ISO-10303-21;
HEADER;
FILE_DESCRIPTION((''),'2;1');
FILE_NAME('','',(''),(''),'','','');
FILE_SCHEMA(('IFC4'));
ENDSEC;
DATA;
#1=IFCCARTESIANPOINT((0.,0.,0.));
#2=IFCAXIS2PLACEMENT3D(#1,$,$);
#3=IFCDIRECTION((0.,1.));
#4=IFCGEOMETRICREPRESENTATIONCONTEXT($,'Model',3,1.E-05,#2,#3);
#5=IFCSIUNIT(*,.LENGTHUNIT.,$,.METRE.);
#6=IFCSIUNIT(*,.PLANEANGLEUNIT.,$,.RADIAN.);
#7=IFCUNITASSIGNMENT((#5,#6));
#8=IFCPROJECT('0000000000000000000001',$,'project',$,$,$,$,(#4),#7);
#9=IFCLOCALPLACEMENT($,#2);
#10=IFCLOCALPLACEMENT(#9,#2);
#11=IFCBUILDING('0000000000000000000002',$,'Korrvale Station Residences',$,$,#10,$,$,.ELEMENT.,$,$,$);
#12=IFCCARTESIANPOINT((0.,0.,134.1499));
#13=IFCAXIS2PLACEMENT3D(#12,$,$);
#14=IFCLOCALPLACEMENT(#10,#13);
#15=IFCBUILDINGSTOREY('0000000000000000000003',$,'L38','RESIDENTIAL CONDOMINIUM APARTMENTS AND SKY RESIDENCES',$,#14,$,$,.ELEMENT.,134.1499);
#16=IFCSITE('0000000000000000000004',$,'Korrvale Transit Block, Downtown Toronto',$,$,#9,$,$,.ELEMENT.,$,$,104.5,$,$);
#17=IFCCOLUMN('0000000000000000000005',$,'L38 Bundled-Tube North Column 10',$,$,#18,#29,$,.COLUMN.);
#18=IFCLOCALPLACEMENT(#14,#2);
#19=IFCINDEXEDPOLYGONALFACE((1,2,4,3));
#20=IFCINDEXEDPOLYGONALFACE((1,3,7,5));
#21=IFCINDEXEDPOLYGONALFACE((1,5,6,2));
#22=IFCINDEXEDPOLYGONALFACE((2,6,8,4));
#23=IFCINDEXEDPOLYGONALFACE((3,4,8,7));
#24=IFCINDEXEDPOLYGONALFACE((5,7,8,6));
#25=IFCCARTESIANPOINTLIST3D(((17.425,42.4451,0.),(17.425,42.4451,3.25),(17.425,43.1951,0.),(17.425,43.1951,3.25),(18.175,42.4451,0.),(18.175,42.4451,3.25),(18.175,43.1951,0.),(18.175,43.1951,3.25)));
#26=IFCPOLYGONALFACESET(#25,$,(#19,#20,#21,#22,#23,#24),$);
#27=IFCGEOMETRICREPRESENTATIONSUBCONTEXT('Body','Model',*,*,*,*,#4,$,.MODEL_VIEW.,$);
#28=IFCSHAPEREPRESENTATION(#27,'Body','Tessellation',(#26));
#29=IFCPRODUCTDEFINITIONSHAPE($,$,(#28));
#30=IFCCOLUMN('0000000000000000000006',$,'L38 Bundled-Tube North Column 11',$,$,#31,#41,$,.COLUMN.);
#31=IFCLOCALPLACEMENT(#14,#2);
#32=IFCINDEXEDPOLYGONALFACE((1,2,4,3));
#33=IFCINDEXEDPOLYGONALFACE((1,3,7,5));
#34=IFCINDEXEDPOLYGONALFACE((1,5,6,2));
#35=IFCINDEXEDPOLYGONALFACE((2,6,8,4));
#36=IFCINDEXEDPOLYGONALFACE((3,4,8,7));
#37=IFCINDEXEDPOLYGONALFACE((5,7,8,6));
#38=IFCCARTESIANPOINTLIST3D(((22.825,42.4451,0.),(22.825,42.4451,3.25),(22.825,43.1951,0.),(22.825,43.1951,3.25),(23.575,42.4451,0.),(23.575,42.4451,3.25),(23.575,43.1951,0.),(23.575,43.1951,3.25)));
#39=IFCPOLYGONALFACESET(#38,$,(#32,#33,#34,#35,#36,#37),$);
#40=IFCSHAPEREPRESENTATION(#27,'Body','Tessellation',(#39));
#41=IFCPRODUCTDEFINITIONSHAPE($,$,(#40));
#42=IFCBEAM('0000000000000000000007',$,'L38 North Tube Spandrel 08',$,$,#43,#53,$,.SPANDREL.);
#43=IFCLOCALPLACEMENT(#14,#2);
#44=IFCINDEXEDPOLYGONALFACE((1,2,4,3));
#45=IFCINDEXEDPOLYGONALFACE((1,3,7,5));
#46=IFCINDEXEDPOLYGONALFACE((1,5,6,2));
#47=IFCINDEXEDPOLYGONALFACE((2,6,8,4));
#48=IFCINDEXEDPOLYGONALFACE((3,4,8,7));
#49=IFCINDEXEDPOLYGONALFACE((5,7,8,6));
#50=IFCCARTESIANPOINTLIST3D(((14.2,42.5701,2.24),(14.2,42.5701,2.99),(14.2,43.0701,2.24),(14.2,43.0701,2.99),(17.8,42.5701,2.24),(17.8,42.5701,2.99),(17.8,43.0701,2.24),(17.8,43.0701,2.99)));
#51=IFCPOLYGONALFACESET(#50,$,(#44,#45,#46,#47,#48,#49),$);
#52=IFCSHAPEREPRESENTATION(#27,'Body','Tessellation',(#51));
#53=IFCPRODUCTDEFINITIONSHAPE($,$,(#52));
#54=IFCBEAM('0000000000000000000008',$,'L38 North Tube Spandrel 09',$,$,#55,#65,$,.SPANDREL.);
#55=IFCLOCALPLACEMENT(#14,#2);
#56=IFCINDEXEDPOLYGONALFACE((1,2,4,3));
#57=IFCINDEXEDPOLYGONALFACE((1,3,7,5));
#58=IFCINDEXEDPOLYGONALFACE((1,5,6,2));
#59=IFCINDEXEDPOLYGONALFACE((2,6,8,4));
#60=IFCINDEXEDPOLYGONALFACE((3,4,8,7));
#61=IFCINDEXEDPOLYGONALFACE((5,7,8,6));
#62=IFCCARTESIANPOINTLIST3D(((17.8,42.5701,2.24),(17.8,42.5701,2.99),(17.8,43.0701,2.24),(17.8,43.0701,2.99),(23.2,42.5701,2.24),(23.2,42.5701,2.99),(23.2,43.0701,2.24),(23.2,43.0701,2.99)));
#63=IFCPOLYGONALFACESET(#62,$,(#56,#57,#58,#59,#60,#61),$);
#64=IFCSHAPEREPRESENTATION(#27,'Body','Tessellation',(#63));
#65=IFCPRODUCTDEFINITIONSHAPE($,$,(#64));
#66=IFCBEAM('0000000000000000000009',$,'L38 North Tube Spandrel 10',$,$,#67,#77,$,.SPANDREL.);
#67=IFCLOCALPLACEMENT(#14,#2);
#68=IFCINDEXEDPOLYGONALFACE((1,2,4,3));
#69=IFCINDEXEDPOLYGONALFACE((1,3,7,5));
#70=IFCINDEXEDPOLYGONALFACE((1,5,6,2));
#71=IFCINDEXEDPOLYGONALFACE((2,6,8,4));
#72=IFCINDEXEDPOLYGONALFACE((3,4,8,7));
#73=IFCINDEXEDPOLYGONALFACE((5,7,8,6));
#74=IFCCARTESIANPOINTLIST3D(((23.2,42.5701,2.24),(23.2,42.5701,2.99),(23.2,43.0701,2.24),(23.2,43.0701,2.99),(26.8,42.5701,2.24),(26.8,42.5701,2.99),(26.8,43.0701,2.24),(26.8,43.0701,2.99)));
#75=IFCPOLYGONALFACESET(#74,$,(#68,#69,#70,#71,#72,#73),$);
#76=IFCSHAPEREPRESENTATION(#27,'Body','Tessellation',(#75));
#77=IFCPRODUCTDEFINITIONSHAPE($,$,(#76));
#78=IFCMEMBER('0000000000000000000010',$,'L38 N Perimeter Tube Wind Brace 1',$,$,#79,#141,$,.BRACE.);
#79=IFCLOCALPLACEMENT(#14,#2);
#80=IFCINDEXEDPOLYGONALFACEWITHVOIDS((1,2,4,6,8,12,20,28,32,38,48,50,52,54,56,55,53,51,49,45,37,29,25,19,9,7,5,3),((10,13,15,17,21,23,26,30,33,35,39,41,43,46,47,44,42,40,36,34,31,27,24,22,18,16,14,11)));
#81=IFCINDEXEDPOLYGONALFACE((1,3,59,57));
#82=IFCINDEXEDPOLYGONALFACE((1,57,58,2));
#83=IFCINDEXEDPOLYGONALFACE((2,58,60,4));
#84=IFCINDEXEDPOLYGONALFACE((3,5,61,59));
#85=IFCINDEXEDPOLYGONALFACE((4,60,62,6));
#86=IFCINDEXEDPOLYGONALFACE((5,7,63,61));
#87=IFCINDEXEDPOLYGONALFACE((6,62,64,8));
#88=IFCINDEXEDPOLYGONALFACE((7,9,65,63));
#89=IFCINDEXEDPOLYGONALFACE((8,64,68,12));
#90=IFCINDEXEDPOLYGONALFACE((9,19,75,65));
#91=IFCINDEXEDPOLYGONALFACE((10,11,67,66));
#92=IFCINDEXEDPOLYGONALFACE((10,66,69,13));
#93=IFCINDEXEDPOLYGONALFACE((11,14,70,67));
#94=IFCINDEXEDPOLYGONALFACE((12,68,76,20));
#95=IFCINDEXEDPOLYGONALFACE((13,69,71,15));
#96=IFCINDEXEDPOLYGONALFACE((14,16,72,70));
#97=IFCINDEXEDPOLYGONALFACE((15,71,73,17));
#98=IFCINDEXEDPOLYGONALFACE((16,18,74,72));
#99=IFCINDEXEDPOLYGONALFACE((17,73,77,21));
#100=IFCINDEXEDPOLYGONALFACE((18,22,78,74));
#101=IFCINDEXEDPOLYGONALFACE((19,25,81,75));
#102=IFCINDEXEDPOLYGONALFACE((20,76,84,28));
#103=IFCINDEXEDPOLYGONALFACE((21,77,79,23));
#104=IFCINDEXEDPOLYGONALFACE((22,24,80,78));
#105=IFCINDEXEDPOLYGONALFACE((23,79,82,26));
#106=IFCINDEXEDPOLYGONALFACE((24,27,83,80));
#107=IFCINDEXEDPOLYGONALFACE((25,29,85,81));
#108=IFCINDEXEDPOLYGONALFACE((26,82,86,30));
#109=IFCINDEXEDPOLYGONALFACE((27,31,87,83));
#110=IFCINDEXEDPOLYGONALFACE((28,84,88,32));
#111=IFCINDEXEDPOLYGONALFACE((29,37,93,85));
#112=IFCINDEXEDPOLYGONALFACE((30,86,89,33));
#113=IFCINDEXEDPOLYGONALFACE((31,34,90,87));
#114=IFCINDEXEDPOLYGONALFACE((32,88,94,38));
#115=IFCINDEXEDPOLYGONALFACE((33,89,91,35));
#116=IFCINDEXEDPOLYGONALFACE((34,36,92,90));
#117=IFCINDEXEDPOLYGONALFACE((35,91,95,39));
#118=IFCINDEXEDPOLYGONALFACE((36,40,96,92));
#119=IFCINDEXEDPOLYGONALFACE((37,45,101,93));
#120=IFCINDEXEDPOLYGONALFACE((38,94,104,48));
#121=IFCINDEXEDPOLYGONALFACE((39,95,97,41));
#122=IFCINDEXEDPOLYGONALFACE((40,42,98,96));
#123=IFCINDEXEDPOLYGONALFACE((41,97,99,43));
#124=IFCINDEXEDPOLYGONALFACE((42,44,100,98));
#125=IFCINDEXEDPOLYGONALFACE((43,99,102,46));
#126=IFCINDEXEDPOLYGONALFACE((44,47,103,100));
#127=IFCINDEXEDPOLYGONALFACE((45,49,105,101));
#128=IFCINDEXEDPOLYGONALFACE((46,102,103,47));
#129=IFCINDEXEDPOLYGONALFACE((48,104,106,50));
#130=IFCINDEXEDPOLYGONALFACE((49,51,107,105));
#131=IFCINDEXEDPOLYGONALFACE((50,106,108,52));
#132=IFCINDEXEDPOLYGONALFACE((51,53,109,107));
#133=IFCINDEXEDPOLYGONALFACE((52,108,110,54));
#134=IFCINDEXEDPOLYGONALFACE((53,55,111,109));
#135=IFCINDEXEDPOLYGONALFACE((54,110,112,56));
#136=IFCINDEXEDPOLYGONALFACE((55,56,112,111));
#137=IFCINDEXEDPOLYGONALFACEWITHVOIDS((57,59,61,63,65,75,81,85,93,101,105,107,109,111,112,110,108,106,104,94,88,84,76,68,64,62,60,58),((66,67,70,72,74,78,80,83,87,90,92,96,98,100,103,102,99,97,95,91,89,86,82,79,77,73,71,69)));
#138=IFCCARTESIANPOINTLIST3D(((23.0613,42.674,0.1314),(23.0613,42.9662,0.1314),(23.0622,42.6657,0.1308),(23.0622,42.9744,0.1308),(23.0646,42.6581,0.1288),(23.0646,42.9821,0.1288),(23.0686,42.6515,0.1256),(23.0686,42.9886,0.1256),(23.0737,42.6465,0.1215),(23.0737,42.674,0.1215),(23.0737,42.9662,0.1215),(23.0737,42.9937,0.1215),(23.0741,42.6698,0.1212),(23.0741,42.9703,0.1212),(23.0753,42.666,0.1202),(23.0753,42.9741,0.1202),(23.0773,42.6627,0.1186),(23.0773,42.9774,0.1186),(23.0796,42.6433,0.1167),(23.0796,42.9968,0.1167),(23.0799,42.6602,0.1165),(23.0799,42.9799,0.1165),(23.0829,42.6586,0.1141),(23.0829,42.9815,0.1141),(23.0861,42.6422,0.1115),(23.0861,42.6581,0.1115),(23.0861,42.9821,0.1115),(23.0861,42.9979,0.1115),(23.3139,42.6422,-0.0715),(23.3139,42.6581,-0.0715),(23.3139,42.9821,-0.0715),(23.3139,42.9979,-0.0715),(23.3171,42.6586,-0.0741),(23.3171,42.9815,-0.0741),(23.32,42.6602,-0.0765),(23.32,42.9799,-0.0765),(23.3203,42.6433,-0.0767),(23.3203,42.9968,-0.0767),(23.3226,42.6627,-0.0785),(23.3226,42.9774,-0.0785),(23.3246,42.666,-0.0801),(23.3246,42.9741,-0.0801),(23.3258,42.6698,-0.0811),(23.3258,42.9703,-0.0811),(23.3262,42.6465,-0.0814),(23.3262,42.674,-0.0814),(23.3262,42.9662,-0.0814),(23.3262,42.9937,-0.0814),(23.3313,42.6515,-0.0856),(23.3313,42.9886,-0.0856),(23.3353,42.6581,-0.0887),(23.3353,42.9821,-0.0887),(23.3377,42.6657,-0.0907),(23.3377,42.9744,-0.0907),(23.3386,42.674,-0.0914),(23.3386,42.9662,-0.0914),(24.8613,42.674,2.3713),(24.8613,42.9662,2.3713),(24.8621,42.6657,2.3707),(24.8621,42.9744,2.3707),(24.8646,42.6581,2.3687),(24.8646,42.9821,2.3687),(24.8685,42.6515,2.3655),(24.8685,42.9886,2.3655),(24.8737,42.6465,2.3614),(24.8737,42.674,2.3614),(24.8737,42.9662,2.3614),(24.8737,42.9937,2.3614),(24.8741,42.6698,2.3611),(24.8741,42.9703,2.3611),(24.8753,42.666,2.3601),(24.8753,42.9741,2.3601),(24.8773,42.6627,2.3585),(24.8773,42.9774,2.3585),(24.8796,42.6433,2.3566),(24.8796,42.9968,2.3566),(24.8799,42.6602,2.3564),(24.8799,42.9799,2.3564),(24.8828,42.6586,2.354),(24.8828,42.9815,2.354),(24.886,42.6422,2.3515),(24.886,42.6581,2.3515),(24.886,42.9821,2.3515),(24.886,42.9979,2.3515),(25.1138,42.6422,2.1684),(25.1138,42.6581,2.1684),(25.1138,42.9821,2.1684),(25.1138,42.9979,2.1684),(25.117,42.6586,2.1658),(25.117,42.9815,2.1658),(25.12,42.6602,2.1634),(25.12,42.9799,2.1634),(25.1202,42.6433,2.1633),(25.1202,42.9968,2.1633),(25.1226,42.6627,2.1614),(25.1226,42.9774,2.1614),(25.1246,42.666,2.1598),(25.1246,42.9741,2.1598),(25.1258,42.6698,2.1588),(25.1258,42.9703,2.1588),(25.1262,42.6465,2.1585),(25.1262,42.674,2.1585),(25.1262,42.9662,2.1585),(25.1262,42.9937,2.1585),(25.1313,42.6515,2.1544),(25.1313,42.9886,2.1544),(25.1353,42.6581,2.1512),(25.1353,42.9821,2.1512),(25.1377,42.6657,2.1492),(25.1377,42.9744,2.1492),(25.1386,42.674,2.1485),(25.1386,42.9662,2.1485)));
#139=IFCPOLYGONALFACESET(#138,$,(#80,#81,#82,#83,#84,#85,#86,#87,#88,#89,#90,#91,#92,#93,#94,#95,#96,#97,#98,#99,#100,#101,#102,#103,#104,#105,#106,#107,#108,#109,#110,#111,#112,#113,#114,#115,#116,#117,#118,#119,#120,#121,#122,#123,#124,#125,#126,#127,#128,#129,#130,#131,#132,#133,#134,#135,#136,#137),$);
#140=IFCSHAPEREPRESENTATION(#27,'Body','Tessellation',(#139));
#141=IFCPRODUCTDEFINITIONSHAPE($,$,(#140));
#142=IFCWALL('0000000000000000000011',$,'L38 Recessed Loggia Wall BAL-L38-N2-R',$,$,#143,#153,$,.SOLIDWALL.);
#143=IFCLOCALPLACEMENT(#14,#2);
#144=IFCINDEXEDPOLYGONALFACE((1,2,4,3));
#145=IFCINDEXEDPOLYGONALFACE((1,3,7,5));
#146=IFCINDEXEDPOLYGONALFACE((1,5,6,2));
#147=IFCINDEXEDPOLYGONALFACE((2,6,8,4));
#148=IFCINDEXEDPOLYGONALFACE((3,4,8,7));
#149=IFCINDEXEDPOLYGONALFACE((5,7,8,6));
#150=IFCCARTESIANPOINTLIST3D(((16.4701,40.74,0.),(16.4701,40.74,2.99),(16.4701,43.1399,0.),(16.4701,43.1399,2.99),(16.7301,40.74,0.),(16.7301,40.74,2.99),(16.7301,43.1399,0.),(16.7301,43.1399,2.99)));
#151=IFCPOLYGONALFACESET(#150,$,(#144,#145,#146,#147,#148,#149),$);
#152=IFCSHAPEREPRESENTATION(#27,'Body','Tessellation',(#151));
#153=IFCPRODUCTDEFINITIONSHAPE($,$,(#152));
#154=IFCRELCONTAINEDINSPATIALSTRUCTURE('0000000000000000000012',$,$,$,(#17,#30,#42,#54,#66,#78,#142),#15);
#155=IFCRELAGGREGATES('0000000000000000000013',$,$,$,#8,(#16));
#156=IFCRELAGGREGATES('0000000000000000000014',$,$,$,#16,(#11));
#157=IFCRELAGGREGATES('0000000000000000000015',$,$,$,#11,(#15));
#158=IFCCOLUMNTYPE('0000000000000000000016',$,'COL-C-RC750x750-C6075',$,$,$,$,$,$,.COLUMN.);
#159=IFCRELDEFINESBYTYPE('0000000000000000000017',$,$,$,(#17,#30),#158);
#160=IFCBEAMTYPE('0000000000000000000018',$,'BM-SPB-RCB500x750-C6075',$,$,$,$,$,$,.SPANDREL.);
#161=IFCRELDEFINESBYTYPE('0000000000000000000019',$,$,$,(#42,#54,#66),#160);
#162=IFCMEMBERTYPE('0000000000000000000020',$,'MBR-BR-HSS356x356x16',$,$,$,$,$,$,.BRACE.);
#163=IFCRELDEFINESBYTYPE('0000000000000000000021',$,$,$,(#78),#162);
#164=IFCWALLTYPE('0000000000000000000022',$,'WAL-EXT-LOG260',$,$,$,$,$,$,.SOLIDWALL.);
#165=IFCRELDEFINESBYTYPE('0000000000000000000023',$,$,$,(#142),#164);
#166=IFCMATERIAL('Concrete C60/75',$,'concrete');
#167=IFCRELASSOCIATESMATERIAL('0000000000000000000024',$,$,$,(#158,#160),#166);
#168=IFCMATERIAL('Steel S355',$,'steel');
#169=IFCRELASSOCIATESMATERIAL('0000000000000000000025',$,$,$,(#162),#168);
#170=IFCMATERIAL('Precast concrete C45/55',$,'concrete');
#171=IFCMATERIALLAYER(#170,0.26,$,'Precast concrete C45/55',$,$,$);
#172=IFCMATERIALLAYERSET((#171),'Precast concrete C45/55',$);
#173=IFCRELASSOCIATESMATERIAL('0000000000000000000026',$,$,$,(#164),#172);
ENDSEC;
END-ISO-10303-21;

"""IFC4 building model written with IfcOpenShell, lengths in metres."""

from ifc_helpers import new_model, si_unit, direction, frame, frame_2d, origin, origin_2d, place, context, subcontext, project, spatial, rectangle, hollow_rectangle, extrude, material, layer, layer_set, material_profile, profile_set, type_object, element, save


model = new_model("IFC4")

# Units and contexts
model_context = context("Model", 3, precision=1e-05, world=origin(), true_north=direction((0.0, 1.0)))
body_context = subcontext(model_context, "Body", "Model", "MODEL_VIEW")
ifc_project = project(units=[si_unit("LENGTHUNIT", "METRE"), si_unit("PLANEANGLEUNIT", "RADIAN")], contexts=[model_context])

# Site, building, storey
site_placement = place(None, origin())
site = spatial("IfcSite", under=ifc_project, at=site_placement, Name="Korrvale Transit Block, Downtown Toronto", CompositionType="ELEMENT", RefElevation=104.5)
building_placement = place(site_placement, origin())
building = spatial("IfcBuilding", under=site, at=building_placement, Name="Korrvale Station Residences", CompositionType="ELEMENT")
storey_placement = place(building_placement, frame((0.0, 0.0, 134.1499)))
storey = spatial("IfcBuildingStorey", under=building, at=storey_placement, Name="L38", Description="RESIDENTIAL CONDOMINIUM APARTMENTS AND SKY RESIDENCES", CompositionType="ELEMENT", Elevation=134.1499)

# Columns
ifc_material_1 = material(Name="Concrete C60/75", Category="concrete")
ifc_material_profile_1 = material_profile(ifc_material_1, rectangle(XDim=0.75, YDim=0.75, at=origin_2d()), Name="RC750x750")
ifc_profile_set_1 = profile_set([ifc_material_profile_1], Name="Concrete C60/75")
column_type = type_object("IfcColumnType", Name="COL-C-RC750x750-C6075", PredefinedType="COLUMN", material=ifc_profile_set_1)
for number, where, z_axis, x_axis, name in (
    (1, (17.8, 42.8201, 0.0), (0.0, 0.0, 1.0), (1.0, 0.0, 0.0), "L38 Bundled-Tube North Column 10"),
    (2, (23.2, 42.8201, 0.0), (0.0, 0.0, 1.0), (1.0, 0.0, 0.0), "L38 Bundled-Tube North Column 11"),
):
    element("IfcColumn", number, at=place(storey_placement, frame(where, z_axis=z_axis, x_axis=x_axis)), inside=storey, type_object=column_type, Name=name, PredefinedType="COLUMN", context=body_context, shape_type="SweptSolid", body=[
        extrude(rectangle(XDim=0.75, YDim=0.75, at=origin_2d()), origin(), (0.0, 0.0, 1.0), 3.25),
    ])

# Beams
ifc_material_profile_2 = material_profile(ifc_material_1, rectangle(XDim=0.5, YDim=0.75, at=origin_2d()), Name="RCB500x750")
ifc_profile_set_2 = profile_set([ifc_material_profile_2], Name="Concrete C60/75")
beam_type = type_object("IfcBeamType", Name="BM-SPB-RCB500x750-C6075", PredefinedType="SPANDREL", material=ifc_profile_set_2)
beam_1_placement = place(storey_placement, frame((14.2, 42.8201, 2.615), z_axis=(1.0, 0.0, 0.0), x_axis=(0.0, 1.0, 0.0)))
element("IfcBeam", 3, at=beam_1_placement, inside=storey, type_object=beam_type, Name="L38 North Tube Spandrel 08", PredefinedType="SPANDREL", context=body_context, shape_type="SweptSolid", body=[
    extrude(rectangle(XDim=0.5, YDim=0.75, at=origin_2d()), origin(), (0.0, 0.0, 1.0), 3.6001),
])
beam_2_placement = place(storey_placement, frame((17.8, 42.8201, 2.615), z_axis=(1.0, 0.0, 0.0), x_axis=(0.0, 1.0, 0.0)))
element("IfcBeam", 4, at=beam_2_placement, inside=storey, type_object=beam_type, Name="L38 North Tube Spandrel 09", PredefinedType="SPANDREL", context=body_context, shape_type="SweptSolid", body=[
    extrude(rectangle(XDim=0.5, YDim=0.75, at=origin_2d()), origin(), (0.0, 0.0, 1.0), 5.3999),
])
beam_3_placement = place(storey_placement, frame((23.2, 42.8201, 2.615), z_axis=(1.0, 0.0, 0.0), x_axis=(0.0, 1.0, 0.0)))
element("IfcBeam", 5, at=beam_3_placement, inside=storey, type_object=beam_type, Name="L38 North Tube Spandrel 10", PredefinedType="SPANDREL", context=body_context, shape_type="SweptSolid", body=[
    extrude(rectangle(XDim=0.5, YDim=0.75, at=origin_2d()), origin(), (0.0, 0.0, 1.0), 3.6001),
])

# Member
ifc_material_2 = material(Name="Steel S355", Category="steel")
ifc_material_profile_3 = material_profile(ifc_material_2, hollow_rectangle(XDim=0.3557, YDim=0.3557, WallThickness=0.0159, InnerFilletRadius=0.0159, OuterFilletRadius=0.0317, at=origin_2d()), Name="HSS356x356x16")
ifc_profile_set_3 = profile_set([ifc_material_profile_3], Name="Steel S355")
member_type = type_object("IfcMemberType", Name="MBR-BR-HSS356x356x16", PredefinedType="BRACE", material=ifc_profile_set_3)
member_placement = place(storey_placement, frame((23.2, 42.8201, 0.02), z_axis=(0.626403, 0.0, 0.779499), x_axis=(0.0, 1.0, 0.0)))
element("IfcMember", 6, at=member_placement, inside=storey, type_object=member_type, Name="L38 N Perimeter Tube Wind Brace 1", PredefinedType="BRACE", context=body_context, shape_type="SweptSolid", body=[
    extrude(hollow_rectangle(XDim=0.3557, YDim=0.3557, WallThickness=0.0159, InnerFilletRadius=0.0159, OuterFilletRadius=0.0317, at=origin_2d()), origin(), (0.0, 0.0, 1.0), 2.8735),
])

# Wall
ifc_material_3 = material(Name="Precast concrete C45/55", Category="concrete")
ifc_layer_1 = layer(ifc_material_3, 0.26, Name="Precast concrete C45/55")
ifc_layer_set_1 = layer_set([ifc_layer_1], Name="Precast concrete C45/55")
wall_type_1 = type_object("IfcWallType", Name="WAL-EXT-LOG260", PredefinedType="SOLIDWALL", material=ifc_layer_set_1)
wall_1_placement = place(storey_placement, frame((16.6001, 40.74, 0.0), z_axis=(0.0, 0.0, 1.0), x_axis=(0.0, 1.0, 0.0)))
element("IfcWall", 7, at=wall_1_placement, inside=storey, type_object=wall_type_1, Name="L38 Recessed Loggia Wall BAL-L38-N2-R", PredefinedType="SOLIDWALL", context=body_context, shape_type="SweptSolid", body=[
    extrude(rectangle(XDim=2.3999, YDim=0.26, at=frame_2d((1.2, 0.0))), origin(), (0.0, 0.0, 1.0), 2.99),
])

save(model, "model.ifc")
